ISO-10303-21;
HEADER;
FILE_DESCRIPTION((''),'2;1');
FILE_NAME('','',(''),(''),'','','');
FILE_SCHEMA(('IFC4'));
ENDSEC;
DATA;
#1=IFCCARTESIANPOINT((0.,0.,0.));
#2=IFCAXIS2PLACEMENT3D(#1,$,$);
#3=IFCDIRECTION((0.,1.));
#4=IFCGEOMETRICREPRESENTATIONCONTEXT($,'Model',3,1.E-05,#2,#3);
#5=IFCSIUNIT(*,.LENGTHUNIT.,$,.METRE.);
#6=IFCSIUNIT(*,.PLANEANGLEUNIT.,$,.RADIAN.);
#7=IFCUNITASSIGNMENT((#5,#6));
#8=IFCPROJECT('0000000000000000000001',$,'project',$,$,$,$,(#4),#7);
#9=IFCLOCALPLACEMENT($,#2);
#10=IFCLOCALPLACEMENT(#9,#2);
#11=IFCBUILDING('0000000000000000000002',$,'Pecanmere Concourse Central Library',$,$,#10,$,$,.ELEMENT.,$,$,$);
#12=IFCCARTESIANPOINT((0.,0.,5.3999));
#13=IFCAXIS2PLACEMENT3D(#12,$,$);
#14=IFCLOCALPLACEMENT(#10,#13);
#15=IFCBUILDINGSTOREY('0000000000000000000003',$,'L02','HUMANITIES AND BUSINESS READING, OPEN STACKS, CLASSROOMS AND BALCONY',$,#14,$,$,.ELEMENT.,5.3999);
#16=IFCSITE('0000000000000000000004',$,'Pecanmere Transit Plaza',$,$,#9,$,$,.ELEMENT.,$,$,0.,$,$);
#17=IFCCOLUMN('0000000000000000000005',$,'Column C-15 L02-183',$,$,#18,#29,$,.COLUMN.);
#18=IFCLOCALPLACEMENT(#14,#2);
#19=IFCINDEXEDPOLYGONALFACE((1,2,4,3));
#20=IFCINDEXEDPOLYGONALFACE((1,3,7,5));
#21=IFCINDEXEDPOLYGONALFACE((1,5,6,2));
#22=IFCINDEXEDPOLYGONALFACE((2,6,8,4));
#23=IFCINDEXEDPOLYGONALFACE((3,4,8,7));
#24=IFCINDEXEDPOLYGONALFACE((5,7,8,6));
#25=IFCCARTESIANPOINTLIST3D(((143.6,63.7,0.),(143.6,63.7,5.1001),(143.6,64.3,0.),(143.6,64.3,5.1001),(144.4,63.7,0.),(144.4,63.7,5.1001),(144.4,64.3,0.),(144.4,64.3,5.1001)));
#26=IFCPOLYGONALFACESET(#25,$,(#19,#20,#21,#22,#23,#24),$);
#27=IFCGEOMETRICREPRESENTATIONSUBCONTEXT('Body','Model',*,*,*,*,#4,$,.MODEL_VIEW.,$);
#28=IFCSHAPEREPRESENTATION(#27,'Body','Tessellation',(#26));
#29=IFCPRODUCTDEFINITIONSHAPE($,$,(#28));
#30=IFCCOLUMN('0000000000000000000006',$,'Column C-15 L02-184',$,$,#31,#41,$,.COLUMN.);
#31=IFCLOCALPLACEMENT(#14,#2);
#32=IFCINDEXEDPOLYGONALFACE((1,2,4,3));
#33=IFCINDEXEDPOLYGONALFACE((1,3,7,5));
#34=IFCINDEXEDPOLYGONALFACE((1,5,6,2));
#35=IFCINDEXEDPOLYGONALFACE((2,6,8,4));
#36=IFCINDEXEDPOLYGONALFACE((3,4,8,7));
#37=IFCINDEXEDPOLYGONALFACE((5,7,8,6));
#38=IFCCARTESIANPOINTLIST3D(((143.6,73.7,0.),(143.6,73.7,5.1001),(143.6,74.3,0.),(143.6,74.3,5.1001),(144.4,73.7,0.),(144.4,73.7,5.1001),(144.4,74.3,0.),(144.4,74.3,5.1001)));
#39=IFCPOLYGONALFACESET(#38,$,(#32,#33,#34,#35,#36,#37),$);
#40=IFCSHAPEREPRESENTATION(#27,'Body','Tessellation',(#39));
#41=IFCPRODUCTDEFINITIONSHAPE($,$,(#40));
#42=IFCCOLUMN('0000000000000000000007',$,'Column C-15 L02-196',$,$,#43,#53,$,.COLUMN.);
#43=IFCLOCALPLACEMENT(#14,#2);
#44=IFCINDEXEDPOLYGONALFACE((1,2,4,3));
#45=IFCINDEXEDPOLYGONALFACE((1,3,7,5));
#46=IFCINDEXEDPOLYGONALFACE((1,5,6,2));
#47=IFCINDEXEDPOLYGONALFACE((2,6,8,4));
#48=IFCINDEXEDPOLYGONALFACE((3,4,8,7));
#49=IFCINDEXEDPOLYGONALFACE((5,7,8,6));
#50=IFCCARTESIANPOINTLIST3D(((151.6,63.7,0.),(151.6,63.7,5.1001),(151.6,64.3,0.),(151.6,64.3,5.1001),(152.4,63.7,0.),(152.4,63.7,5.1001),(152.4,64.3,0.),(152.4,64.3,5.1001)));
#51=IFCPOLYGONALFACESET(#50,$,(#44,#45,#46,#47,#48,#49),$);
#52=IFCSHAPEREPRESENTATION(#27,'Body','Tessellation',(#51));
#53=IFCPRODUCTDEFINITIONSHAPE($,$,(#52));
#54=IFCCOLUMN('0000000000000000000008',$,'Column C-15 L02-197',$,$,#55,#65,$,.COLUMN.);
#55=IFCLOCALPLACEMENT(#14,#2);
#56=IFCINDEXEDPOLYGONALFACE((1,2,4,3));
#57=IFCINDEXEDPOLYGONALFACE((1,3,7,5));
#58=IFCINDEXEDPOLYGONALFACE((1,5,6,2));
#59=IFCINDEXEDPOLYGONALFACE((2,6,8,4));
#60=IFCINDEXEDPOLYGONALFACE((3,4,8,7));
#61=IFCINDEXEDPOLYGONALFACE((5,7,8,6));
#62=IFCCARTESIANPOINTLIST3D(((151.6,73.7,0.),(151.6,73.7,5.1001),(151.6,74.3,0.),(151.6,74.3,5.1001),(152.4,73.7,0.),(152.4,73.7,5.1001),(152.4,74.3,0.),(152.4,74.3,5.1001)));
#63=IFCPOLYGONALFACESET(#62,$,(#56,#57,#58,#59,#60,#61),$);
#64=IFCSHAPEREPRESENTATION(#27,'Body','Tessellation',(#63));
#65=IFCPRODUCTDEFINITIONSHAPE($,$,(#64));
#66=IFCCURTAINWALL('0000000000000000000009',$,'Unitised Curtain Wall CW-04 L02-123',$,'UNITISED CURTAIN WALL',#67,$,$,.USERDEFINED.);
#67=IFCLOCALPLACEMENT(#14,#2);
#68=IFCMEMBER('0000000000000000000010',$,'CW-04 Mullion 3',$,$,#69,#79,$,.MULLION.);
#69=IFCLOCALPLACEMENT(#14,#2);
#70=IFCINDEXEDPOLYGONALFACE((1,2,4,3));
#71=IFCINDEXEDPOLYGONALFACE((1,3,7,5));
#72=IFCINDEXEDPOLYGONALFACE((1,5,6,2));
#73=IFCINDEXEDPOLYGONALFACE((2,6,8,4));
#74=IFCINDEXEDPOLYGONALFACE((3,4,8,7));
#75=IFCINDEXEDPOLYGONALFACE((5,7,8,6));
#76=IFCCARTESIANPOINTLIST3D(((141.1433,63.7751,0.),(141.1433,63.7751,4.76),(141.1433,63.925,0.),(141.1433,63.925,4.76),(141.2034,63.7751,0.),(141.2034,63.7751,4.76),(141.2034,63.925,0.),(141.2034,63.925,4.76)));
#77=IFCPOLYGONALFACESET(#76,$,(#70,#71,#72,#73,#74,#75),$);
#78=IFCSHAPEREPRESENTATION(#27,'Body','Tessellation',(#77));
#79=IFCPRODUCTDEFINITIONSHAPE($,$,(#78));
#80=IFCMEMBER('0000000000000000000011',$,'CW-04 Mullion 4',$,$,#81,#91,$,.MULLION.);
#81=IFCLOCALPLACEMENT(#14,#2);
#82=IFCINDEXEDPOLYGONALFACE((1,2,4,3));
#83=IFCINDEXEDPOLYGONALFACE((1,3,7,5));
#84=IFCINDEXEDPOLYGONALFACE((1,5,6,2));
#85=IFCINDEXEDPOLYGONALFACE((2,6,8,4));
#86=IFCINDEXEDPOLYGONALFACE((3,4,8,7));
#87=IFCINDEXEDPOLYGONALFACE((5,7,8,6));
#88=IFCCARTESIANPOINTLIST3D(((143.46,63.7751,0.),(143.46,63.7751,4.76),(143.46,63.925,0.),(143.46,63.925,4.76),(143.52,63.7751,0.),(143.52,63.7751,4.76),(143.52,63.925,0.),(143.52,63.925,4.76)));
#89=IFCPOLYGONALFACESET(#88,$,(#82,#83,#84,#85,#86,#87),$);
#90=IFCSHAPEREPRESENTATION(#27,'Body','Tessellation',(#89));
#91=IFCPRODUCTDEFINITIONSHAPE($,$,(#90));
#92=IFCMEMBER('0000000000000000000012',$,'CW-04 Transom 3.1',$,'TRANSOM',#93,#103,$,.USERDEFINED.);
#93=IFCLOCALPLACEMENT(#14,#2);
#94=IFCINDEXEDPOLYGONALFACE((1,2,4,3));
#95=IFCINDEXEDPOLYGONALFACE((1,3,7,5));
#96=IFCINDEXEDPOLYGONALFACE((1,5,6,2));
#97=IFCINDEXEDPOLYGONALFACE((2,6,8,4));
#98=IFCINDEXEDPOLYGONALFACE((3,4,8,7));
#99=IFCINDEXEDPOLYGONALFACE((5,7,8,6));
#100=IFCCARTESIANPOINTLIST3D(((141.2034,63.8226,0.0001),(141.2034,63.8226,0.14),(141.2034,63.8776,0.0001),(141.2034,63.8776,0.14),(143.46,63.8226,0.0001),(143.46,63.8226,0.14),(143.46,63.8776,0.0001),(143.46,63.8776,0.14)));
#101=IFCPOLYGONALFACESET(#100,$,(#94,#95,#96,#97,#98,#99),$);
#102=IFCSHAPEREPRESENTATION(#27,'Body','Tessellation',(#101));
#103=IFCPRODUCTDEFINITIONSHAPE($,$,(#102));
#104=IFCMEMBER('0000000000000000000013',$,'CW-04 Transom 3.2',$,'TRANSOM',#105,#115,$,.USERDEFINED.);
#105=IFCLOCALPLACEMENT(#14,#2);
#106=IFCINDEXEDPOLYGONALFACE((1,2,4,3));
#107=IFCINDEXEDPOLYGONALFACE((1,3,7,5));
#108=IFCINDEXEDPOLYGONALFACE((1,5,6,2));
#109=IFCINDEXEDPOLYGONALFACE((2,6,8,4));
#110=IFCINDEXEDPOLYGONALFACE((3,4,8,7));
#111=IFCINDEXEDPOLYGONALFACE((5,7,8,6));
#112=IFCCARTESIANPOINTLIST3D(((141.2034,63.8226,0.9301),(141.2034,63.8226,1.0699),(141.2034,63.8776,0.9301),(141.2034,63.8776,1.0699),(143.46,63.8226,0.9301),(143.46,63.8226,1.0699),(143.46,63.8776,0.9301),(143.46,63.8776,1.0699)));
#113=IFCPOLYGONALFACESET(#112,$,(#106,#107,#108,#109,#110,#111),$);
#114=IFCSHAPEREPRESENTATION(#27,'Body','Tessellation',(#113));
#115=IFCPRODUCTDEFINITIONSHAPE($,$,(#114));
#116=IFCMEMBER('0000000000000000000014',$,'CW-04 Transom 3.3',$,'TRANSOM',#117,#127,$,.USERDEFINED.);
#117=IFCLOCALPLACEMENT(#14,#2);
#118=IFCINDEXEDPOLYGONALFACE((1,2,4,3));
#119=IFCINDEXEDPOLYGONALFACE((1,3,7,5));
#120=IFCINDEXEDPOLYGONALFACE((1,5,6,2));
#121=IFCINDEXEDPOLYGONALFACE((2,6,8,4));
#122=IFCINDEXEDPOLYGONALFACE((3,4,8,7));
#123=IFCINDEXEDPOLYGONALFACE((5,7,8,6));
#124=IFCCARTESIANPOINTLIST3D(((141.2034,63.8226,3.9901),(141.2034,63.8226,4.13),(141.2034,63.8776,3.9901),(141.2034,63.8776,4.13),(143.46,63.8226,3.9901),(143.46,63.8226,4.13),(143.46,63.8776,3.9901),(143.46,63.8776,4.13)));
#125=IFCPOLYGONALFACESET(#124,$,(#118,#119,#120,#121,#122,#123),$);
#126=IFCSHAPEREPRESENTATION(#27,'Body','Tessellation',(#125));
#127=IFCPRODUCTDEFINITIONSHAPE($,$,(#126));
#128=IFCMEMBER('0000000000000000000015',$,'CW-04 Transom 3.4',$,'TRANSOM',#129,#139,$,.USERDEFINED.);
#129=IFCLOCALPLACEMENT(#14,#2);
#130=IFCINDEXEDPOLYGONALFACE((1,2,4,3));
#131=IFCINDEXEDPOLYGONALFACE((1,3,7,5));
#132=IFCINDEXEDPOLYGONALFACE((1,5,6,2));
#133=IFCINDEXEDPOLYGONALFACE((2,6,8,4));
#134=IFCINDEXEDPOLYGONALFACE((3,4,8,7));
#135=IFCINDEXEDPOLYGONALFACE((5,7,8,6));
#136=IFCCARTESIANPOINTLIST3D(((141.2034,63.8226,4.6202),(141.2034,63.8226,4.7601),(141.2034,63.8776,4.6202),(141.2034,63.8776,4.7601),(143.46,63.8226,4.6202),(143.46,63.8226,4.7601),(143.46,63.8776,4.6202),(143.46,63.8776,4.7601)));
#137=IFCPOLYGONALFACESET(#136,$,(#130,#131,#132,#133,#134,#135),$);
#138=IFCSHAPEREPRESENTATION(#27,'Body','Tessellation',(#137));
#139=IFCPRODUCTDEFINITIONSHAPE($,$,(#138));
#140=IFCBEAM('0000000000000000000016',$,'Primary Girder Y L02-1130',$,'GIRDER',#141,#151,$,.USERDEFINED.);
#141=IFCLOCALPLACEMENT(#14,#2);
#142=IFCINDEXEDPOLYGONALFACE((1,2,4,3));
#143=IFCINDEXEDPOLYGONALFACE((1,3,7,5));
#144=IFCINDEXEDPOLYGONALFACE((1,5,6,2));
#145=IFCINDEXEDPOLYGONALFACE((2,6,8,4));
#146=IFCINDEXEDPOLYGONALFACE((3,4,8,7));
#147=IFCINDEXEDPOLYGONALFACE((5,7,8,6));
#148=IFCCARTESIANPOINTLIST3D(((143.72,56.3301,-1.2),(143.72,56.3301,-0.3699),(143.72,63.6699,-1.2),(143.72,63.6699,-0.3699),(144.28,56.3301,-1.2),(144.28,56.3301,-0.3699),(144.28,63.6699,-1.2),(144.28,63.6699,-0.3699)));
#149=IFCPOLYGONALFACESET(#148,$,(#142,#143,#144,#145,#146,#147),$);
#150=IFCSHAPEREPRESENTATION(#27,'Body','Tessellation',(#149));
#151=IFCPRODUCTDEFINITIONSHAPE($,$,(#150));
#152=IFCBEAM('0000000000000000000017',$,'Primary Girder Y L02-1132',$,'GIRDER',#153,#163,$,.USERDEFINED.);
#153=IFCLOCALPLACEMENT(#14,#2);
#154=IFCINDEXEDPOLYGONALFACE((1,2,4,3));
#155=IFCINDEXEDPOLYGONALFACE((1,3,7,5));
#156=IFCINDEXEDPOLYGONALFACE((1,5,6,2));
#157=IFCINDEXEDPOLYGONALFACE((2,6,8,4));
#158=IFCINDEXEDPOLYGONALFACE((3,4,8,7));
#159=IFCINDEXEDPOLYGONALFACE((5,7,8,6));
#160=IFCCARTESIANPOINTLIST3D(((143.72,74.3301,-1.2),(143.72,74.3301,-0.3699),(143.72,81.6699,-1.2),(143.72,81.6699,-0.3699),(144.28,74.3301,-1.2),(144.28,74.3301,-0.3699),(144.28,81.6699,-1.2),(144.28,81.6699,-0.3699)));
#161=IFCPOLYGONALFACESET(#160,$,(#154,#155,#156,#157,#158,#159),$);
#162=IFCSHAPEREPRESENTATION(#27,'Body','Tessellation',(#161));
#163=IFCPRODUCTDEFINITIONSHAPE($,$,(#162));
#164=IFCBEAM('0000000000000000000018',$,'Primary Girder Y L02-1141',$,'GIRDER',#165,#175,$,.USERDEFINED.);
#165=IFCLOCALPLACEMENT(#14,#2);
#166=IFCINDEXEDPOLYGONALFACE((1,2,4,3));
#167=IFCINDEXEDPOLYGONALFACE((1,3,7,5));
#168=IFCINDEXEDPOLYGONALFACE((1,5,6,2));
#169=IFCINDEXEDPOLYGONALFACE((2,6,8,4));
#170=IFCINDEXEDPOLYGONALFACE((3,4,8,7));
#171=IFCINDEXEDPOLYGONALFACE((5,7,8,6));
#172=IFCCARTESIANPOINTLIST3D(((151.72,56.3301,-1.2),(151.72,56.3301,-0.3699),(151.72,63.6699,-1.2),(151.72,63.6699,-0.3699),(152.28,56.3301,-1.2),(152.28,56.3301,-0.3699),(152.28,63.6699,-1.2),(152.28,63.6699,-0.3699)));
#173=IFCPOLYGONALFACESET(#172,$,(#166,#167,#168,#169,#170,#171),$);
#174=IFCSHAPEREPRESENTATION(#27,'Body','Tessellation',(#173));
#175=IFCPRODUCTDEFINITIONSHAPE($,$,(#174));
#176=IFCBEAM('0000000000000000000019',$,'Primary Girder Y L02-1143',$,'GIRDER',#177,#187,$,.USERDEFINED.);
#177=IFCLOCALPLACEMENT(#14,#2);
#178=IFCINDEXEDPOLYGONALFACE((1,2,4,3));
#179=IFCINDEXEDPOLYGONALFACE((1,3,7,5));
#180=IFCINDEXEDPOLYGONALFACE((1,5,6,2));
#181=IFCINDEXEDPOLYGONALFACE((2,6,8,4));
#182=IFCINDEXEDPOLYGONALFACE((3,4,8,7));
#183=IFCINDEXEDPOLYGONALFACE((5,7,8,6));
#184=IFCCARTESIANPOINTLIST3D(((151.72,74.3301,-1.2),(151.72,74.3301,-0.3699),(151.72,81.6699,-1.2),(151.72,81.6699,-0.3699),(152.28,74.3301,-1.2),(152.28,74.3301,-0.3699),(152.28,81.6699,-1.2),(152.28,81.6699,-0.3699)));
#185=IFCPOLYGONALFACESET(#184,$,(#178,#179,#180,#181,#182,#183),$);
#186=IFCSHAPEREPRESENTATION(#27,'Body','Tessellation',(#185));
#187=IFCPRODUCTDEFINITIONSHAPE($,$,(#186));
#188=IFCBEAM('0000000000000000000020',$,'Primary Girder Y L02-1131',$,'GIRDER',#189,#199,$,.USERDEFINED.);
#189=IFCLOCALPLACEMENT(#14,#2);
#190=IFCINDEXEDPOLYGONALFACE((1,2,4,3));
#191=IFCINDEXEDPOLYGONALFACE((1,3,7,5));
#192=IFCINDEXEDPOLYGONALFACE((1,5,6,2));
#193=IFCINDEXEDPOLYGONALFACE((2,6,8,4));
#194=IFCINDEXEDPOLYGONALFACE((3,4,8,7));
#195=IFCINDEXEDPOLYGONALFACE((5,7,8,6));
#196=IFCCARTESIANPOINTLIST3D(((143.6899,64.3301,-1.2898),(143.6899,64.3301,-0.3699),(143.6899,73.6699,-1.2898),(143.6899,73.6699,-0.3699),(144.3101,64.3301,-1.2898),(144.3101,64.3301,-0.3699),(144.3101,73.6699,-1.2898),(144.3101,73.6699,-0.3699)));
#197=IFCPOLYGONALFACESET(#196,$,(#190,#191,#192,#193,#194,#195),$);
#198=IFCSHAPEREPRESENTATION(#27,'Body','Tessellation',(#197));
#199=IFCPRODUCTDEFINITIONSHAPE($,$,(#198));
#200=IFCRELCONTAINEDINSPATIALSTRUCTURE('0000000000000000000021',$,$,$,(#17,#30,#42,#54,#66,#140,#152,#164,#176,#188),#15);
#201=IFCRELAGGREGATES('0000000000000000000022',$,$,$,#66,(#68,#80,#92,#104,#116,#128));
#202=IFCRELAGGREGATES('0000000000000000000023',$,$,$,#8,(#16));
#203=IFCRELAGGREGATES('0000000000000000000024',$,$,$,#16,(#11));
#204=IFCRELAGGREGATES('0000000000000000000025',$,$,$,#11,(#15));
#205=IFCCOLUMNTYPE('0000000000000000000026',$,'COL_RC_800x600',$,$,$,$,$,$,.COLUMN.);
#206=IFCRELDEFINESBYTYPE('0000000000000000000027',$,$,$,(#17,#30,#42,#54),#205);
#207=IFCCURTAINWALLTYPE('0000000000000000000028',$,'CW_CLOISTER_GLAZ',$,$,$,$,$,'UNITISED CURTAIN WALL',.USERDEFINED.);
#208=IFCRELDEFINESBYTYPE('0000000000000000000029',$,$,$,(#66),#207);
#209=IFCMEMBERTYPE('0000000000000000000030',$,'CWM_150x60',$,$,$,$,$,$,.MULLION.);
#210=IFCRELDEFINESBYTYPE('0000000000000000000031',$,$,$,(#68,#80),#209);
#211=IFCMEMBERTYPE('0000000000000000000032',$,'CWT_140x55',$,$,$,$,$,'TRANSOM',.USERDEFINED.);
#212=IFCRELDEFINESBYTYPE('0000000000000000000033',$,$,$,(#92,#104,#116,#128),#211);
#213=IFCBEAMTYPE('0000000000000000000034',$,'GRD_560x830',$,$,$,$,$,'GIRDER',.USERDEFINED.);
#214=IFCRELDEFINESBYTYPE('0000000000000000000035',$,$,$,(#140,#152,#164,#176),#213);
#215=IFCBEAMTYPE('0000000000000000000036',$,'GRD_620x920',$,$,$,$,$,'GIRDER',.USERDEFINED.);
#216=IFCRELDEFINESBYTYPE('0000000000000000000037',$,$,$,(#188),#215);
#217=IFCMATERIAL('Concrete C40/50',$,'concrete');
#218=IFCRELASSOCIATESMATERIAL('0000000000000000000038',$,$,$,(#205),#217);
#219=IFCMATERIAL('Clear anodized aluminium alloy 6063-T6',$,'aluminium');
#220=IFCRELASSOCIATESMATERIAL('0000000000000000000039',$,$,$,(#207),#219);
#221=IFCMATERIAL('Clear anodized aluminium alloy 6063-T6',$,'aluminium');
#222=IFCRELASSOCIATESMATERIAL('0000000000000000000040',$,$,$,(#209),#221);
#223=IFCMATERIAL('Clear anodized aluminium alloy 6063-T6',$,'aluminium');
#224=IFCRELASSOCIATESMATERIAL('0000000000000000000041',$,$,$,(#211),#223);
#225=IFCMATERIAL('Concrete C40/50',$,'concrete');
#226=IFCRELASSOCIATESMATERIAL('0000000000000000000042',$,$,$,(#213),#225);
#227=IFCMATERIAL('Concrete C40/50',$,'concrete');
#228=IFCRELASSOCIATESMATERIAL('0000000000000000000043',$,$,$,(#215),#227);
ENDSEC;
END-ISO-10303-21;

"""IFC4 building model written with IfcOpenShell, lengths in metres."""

from ifc_helpers import new_model, si_unit, direction, frame, origin, origin_2d, place, context, subcontext, project, spatial, rectangle, extrude, material, material_profile, profile_set, type_object, element, aggregate, save


model = new_model("IFC4")

# Units and contexts
model_context = context("Model", 3, precision=1e-05, world=origin(), true_north=direction((0.0, 1.0)))
body_context = subcontext(model_context, "Body", "Model", "MODEL_VIEW")
ifc_project = project(units=[si_unit("LENGTHUNIT", "METRE"), si_unit("PLANEANGLEUNIT", "RADIAN")], contexts=[model_context])

# Site, building, storey
site_placement = place(None, origin())
site = spatial("IfcSite", under=ifc_project, at=site_placement, Name="Pecanmere Transit Plaza", CompositionType="ELEMENT", RefElevation=0.0)
building_placement = place(site_placement, origin())
building = spatial("IfcBuilding", under=site, at=building_placement, Name="Pecanmere Concourse Central Library", CompositionType="ELEMENT")
storey_placement = place(building_placement, frame((0.0, 0.0, 5.3999)))
storey = spatial("IfcBuildingStorey", under=building, at=storey_placement, Name="L02", Description="HUMANITIES AND BUSINESS READING, OPEN STACKS, CLASSROOMS AND BALCONY", CompositionType="ELEMENT", Elevation=5.3999)

# Columns
ifc_material_1 = material(Name="Concrete C40/50", Category="concrete")
ifc_material_profile_1 = material_profile(ifc_material_1, rectangle(XDim=0.8, YDim=0.6001, at=origin_2d()), Name="RC 800x600")
ifc_profile_set_1 = profile_set([ifc_material_profile_1], Name="Concrete C40/50")
column_type = type_object("IfcColumnType", Name="COL_RC_800x600", PredefinedType="COLUMN", material=ifc_profile_set_1)
for number, where, z_axis, x_axis, name in (
    (1, (144.0, 64.0, 0.0), (0.0, 0.0, 1.0), (1.0, 0.0, 0.0), "Column C-15 L02-183"),
    (2, (144.0, 74.0, 0.0), (0.0, 0.0, 1.0), (1.0, 0.0, 0.0), "Column C-15 L02-184"),
    (3, (152.0, 64.0, 0.0), (0.0, 0.0, 1.0), (1.0, 0.0, 0.0), "Column C-15 L02-196"),
    (4, (152.0, 74.0, 0.0), (0.0, 0.0, 1.0), (1.0, 0.0, 0.0), "Column C-15 L02-197"),
):
    element("IfcColumn", number, at=place(storey_placement, frame(where, z_axis=z_axis, x_axis=x_axis)), inside=storey, type_object=column_type, Name=name, PredefinedType="COLUMN", context=body_context, shape_type="SweptSolid", body=[
        extrude(rectangle(XDim=0.8, YDim=0.6001, at=origin_2d()), origin(), (0.0, 0.0, 1.0), 5.1001),
    ])

# Curtain wall, members
ifc_material_2 = material(Name="Clear anodized aluminium alloy 6063-T6", Category="aluminium")
curtain_wall_type = type_object("IfcCurtainWallType", Name="CW_CLOISTER_GLAZ", ElementType="UNITISED CURTAIN WALL", PredefinedType="USERDEFINED", material=ifc_material_2)
curtain_wall_placement = place(storey_placement, origin())
curtain_wall = element("IfcCurtainWall", 5, at=curtain_wall_placement, inside=storey, type_object=curtain_wall_type, Name="Unitised Curtain Wall CW-04 L02-123", ObjectType="UNITISED CURTAIN WALL", PredefinedType="USERDEFINED")
ifc_material_3 = material(Name="Clear anodized aluminium alloy 6063-T6", Category="aluminium")
ifc_material_profile_2 = material_profile(ifc_material_3, rectangle(XDim=0.0601, YDim=0.1499, at=origin_2d()), Name="AL 60x150")
ifc_profile_set_2 = profile_set([ifc_material_profile_2], Name="Clear anodized aluminium alloy 6063-T6")
member_type_1 = type_object("IfcMemberType", Name="CWM_150x60", PredefinedType="MULLION", material=ifc_profile_set_2)
member_1_placement = place(storey_placement, frame((141.1733, 63.8501, 0.0), z_axis=(0.0, 0.0, 1.0), x_axis=(1.0, 0.0, 0.0)))
member_1 = element("IfcMember", 6, at=member_1_placement, type_object=member_type_1, Name="CW-04 Mullion 3", PredefinedType="MULLION", context=body_context, shape_type="SweptSolid", body=[
    extrude(rectangle(XDim=0.0601, YDim=0.1499, at=origin_2d()), origin(), (0.0, 0.0, 1.0), 4.76),
])
member_2_placement = place(storey_placement, frame((143.49, 63.8501, 0.0), z_axis=(0.0, 0.0, 1.0), x_axis=(1.0, 0.0, 0.0)))
member_2 = element("IfcMember", 7, at=member_2_placement, type_object=member_type_1, Name="CW-04 Mullion 4", PredefinedType="MULLION", context=body_context, shape_type="SweptSolid", body=[
    extrude(rectangle(XDim=0.0601, YDim=0.1499, at=origin_2d()), origin(), (0.0, 0.0, 1.0), 4.76),
])
ifc_material_4 = material(Name="Clear anodized aluminium alloy 6063-T6", Category="aluminium")
ifc_material_profile_3 = material_profile(ifc_material_4, rectangle(XDim=0.0549, YDim=0.1399, at=origin_2d()), Name="AL 55x140")
ifc_profile_set_3 = profile_set([ifc_material_profile_3], Name="Clear anodized aluminium alloy 6063-T6")
member_type_2 = type_object("IfcMemberType", Name="CWT_140x55", ElementType="TRANSOM", PredefinedType="USERDEFINED", material=ifc_profile_set_3)
member_3_placement = place(storey_placement, frame((141.2034, 63.8501, 0.0701), z_axis=(1.0, 0.0, 0.0), x_axis=(0.0, 1.0, 0.0)))
member_3 = element("IfcMember", 8, at=member_3_placement, type_object=member_type_2, Name="CW-04 Transom 3.1", ObjectType="TRANSOM", PredefinedType="USERDEFINED", context=body_context, shape_type="SweptSolid", body=[
    extrude(rectangle(XDim=0.0549, YDim=0.1399, at=origin_2d()), origin(), (0.0, 0.0, 1.0), 2.2566),
])
member_4_placement = place(storey_placement, frame((141.2034, 63.8501, 1.0), z_axis=(1.0, 0.0, 0.0), x_axis=(0.0, 1.0, 0.0)))
member_4 = element("IfcMember", 9, at=member_4_placement, type_object=member_type_2, Name="CW-04 Transom 3.2", ObjectType="TRANSOM", PredefinedType="USERDEFINED", context=body_context, shape_type="SweptSolid", body=[
    extrude(rectangle(XDim=0.0549, YDim=0.1399, at=origin_2d()), origin(), (0.0, 0.0, 1.0), 2.2566),
])
member_5_placement = place(storey_placement, frame((141.2034, 63.8501, 4.0601), z_axis=(1.0, 0.0, 0.0), x_axis=(0.0, 1.0, 0.0)))
member_5 = element("IfcMember", 10, at=member_5_placement, type_object=member_type_2, Name="CW-04 Transom 3.3", ObjectType="TRANSOM", PredefinedType="USERDEFINED", context=body_context, shape_type="SweptSolid", body=[
    extrude(rectangle(XDim=0.0549, YDim=0.1399, at=origin_2d()), origin(), (0.0, 0.0, 1.0), 2.2566),
])
member_6_placement = place(storey_placement, frame((141.2034, 63.8501, 4.6902), z_axis=(1.0, 0.0, 0.0), x_axis=(0.0, 1.0, 0.0)))
member_6 = element("IfcMember", 11, at=member_6_placement, type_object=member_type_2, Name="CW-04 Transom 3.4", ObjectType="TRANSOM", PredefinedType="USERDEFINED", context=body_context, shape_type="SweptSolid", body=[
    extrude(rectangle(XDim=0.0549, YDim=0.1399, at=origin_2d()), origin(), (0.0, 0.0, 1.0), 2.2566),
])

# Beams
ifc_material_5 = material(Name="Concrete C40/50", Category="concrete")
ifc_material_profile_4 = material_profile(ifc_material_5, rectangle(XDim=0.5601, YDim=0.8301, at=origin_2d()), Name="RC 560x830")
ifc_profile_set_4 = profile_set([ifc_material_profile_4], Name="Concrete C40/50")
beam_type_1 = type_object("IfcBeamType", Name="GRD_560x830", ElementType="GIRDER", PredefinedType="USERDEFINED", material=ifc_profile_set_4)
for number, where, z_axis, x_axis, name in (
    (12, (144.0, 56.3301, -0.7849), (0.0, 1.0, 0.0), (-1.0, 0.0, 0.0), "Primary Girder Y L02-1130"),
    (13, (144.0, 74.3301, -0.7849), (0.0, 1.0, 0.0), (-1.0, 0.0, 0.0), "Primary Girder Y L02-1132"),
    (14, (152.0, 56.3301, -0.7849), (0.0, 1.0, 0.0), (-1.0, 0.0, 0.0), "Primary Girder Y L02-1141"),
    (15, (152.0, 74.3301, -0.7849), (0.0, 1.0, 0.0), (-1.0, 0.0, 0.0), "Primary Girder Y L02-1143"),
):
    element("IfcBeam", number, at=place(storey_placement, frame(where, z_axis=z_axis, x_axis=x_axis)), inside=storey, type_object=beam_type_1, Name=name, ObjectType="GIRDER", PredefinedType="USERDEFINED", context=body_context, shape_type="SweptSolid", body=[
        extrude(rectangle(XDim=0.5601, YDim=0.8301, at=origin_2d()), origin(), (0.0, 0.0, 1.0), 7.3398),
    ])
ifc_material_6 = material(Name="Concrete C40/50", Category="concrete")
ifc_material_profile_5 = material_profile(ifc_material_6, rectangle(XDim=0.6201, YDim=0.9199, at=origin_2d()), Name="RC 620x920")
ifc_profile_set_5 = profile_set([ifc_material_profile_5], Name="Concrete C40/50")
beam_type_2 = type_object("IfcBeamType", Name="GRD_620x920", ElementType="GIRDER", PredefinedType="USERDEFINED", material=ifc_profile_set_5)
for number, where, z_axis, x_axis, name in (
    (16, (144.0, 64.3301, -0.8298), (0.0, 1.0, 0.0), (-1.0, 0.0, 0.0), "Primary Girder Y L02-1131"),
):
    element("IfcBeam", number, at=place(storey_placement, frame(where, z_axis=z_axis, x_axis=x_axis)), inside=storey, type_object=beam_type_2, Name=name, ObjectType="GIRDER", PredefinedType="USERDEFINED", context=body_context, shape_type="SweptSolid", body=[
        extrude(rectangle(XDim=0.6201, YDim=0.9199, at=origin_2d()), origin(), (0.0, 0.0, 1.0), 9.3398),
    ])

aggregate(curtain_wall, [member_1, member_2, member_3, member_4, member_5, member_6])

save(model, "model.ifc")
